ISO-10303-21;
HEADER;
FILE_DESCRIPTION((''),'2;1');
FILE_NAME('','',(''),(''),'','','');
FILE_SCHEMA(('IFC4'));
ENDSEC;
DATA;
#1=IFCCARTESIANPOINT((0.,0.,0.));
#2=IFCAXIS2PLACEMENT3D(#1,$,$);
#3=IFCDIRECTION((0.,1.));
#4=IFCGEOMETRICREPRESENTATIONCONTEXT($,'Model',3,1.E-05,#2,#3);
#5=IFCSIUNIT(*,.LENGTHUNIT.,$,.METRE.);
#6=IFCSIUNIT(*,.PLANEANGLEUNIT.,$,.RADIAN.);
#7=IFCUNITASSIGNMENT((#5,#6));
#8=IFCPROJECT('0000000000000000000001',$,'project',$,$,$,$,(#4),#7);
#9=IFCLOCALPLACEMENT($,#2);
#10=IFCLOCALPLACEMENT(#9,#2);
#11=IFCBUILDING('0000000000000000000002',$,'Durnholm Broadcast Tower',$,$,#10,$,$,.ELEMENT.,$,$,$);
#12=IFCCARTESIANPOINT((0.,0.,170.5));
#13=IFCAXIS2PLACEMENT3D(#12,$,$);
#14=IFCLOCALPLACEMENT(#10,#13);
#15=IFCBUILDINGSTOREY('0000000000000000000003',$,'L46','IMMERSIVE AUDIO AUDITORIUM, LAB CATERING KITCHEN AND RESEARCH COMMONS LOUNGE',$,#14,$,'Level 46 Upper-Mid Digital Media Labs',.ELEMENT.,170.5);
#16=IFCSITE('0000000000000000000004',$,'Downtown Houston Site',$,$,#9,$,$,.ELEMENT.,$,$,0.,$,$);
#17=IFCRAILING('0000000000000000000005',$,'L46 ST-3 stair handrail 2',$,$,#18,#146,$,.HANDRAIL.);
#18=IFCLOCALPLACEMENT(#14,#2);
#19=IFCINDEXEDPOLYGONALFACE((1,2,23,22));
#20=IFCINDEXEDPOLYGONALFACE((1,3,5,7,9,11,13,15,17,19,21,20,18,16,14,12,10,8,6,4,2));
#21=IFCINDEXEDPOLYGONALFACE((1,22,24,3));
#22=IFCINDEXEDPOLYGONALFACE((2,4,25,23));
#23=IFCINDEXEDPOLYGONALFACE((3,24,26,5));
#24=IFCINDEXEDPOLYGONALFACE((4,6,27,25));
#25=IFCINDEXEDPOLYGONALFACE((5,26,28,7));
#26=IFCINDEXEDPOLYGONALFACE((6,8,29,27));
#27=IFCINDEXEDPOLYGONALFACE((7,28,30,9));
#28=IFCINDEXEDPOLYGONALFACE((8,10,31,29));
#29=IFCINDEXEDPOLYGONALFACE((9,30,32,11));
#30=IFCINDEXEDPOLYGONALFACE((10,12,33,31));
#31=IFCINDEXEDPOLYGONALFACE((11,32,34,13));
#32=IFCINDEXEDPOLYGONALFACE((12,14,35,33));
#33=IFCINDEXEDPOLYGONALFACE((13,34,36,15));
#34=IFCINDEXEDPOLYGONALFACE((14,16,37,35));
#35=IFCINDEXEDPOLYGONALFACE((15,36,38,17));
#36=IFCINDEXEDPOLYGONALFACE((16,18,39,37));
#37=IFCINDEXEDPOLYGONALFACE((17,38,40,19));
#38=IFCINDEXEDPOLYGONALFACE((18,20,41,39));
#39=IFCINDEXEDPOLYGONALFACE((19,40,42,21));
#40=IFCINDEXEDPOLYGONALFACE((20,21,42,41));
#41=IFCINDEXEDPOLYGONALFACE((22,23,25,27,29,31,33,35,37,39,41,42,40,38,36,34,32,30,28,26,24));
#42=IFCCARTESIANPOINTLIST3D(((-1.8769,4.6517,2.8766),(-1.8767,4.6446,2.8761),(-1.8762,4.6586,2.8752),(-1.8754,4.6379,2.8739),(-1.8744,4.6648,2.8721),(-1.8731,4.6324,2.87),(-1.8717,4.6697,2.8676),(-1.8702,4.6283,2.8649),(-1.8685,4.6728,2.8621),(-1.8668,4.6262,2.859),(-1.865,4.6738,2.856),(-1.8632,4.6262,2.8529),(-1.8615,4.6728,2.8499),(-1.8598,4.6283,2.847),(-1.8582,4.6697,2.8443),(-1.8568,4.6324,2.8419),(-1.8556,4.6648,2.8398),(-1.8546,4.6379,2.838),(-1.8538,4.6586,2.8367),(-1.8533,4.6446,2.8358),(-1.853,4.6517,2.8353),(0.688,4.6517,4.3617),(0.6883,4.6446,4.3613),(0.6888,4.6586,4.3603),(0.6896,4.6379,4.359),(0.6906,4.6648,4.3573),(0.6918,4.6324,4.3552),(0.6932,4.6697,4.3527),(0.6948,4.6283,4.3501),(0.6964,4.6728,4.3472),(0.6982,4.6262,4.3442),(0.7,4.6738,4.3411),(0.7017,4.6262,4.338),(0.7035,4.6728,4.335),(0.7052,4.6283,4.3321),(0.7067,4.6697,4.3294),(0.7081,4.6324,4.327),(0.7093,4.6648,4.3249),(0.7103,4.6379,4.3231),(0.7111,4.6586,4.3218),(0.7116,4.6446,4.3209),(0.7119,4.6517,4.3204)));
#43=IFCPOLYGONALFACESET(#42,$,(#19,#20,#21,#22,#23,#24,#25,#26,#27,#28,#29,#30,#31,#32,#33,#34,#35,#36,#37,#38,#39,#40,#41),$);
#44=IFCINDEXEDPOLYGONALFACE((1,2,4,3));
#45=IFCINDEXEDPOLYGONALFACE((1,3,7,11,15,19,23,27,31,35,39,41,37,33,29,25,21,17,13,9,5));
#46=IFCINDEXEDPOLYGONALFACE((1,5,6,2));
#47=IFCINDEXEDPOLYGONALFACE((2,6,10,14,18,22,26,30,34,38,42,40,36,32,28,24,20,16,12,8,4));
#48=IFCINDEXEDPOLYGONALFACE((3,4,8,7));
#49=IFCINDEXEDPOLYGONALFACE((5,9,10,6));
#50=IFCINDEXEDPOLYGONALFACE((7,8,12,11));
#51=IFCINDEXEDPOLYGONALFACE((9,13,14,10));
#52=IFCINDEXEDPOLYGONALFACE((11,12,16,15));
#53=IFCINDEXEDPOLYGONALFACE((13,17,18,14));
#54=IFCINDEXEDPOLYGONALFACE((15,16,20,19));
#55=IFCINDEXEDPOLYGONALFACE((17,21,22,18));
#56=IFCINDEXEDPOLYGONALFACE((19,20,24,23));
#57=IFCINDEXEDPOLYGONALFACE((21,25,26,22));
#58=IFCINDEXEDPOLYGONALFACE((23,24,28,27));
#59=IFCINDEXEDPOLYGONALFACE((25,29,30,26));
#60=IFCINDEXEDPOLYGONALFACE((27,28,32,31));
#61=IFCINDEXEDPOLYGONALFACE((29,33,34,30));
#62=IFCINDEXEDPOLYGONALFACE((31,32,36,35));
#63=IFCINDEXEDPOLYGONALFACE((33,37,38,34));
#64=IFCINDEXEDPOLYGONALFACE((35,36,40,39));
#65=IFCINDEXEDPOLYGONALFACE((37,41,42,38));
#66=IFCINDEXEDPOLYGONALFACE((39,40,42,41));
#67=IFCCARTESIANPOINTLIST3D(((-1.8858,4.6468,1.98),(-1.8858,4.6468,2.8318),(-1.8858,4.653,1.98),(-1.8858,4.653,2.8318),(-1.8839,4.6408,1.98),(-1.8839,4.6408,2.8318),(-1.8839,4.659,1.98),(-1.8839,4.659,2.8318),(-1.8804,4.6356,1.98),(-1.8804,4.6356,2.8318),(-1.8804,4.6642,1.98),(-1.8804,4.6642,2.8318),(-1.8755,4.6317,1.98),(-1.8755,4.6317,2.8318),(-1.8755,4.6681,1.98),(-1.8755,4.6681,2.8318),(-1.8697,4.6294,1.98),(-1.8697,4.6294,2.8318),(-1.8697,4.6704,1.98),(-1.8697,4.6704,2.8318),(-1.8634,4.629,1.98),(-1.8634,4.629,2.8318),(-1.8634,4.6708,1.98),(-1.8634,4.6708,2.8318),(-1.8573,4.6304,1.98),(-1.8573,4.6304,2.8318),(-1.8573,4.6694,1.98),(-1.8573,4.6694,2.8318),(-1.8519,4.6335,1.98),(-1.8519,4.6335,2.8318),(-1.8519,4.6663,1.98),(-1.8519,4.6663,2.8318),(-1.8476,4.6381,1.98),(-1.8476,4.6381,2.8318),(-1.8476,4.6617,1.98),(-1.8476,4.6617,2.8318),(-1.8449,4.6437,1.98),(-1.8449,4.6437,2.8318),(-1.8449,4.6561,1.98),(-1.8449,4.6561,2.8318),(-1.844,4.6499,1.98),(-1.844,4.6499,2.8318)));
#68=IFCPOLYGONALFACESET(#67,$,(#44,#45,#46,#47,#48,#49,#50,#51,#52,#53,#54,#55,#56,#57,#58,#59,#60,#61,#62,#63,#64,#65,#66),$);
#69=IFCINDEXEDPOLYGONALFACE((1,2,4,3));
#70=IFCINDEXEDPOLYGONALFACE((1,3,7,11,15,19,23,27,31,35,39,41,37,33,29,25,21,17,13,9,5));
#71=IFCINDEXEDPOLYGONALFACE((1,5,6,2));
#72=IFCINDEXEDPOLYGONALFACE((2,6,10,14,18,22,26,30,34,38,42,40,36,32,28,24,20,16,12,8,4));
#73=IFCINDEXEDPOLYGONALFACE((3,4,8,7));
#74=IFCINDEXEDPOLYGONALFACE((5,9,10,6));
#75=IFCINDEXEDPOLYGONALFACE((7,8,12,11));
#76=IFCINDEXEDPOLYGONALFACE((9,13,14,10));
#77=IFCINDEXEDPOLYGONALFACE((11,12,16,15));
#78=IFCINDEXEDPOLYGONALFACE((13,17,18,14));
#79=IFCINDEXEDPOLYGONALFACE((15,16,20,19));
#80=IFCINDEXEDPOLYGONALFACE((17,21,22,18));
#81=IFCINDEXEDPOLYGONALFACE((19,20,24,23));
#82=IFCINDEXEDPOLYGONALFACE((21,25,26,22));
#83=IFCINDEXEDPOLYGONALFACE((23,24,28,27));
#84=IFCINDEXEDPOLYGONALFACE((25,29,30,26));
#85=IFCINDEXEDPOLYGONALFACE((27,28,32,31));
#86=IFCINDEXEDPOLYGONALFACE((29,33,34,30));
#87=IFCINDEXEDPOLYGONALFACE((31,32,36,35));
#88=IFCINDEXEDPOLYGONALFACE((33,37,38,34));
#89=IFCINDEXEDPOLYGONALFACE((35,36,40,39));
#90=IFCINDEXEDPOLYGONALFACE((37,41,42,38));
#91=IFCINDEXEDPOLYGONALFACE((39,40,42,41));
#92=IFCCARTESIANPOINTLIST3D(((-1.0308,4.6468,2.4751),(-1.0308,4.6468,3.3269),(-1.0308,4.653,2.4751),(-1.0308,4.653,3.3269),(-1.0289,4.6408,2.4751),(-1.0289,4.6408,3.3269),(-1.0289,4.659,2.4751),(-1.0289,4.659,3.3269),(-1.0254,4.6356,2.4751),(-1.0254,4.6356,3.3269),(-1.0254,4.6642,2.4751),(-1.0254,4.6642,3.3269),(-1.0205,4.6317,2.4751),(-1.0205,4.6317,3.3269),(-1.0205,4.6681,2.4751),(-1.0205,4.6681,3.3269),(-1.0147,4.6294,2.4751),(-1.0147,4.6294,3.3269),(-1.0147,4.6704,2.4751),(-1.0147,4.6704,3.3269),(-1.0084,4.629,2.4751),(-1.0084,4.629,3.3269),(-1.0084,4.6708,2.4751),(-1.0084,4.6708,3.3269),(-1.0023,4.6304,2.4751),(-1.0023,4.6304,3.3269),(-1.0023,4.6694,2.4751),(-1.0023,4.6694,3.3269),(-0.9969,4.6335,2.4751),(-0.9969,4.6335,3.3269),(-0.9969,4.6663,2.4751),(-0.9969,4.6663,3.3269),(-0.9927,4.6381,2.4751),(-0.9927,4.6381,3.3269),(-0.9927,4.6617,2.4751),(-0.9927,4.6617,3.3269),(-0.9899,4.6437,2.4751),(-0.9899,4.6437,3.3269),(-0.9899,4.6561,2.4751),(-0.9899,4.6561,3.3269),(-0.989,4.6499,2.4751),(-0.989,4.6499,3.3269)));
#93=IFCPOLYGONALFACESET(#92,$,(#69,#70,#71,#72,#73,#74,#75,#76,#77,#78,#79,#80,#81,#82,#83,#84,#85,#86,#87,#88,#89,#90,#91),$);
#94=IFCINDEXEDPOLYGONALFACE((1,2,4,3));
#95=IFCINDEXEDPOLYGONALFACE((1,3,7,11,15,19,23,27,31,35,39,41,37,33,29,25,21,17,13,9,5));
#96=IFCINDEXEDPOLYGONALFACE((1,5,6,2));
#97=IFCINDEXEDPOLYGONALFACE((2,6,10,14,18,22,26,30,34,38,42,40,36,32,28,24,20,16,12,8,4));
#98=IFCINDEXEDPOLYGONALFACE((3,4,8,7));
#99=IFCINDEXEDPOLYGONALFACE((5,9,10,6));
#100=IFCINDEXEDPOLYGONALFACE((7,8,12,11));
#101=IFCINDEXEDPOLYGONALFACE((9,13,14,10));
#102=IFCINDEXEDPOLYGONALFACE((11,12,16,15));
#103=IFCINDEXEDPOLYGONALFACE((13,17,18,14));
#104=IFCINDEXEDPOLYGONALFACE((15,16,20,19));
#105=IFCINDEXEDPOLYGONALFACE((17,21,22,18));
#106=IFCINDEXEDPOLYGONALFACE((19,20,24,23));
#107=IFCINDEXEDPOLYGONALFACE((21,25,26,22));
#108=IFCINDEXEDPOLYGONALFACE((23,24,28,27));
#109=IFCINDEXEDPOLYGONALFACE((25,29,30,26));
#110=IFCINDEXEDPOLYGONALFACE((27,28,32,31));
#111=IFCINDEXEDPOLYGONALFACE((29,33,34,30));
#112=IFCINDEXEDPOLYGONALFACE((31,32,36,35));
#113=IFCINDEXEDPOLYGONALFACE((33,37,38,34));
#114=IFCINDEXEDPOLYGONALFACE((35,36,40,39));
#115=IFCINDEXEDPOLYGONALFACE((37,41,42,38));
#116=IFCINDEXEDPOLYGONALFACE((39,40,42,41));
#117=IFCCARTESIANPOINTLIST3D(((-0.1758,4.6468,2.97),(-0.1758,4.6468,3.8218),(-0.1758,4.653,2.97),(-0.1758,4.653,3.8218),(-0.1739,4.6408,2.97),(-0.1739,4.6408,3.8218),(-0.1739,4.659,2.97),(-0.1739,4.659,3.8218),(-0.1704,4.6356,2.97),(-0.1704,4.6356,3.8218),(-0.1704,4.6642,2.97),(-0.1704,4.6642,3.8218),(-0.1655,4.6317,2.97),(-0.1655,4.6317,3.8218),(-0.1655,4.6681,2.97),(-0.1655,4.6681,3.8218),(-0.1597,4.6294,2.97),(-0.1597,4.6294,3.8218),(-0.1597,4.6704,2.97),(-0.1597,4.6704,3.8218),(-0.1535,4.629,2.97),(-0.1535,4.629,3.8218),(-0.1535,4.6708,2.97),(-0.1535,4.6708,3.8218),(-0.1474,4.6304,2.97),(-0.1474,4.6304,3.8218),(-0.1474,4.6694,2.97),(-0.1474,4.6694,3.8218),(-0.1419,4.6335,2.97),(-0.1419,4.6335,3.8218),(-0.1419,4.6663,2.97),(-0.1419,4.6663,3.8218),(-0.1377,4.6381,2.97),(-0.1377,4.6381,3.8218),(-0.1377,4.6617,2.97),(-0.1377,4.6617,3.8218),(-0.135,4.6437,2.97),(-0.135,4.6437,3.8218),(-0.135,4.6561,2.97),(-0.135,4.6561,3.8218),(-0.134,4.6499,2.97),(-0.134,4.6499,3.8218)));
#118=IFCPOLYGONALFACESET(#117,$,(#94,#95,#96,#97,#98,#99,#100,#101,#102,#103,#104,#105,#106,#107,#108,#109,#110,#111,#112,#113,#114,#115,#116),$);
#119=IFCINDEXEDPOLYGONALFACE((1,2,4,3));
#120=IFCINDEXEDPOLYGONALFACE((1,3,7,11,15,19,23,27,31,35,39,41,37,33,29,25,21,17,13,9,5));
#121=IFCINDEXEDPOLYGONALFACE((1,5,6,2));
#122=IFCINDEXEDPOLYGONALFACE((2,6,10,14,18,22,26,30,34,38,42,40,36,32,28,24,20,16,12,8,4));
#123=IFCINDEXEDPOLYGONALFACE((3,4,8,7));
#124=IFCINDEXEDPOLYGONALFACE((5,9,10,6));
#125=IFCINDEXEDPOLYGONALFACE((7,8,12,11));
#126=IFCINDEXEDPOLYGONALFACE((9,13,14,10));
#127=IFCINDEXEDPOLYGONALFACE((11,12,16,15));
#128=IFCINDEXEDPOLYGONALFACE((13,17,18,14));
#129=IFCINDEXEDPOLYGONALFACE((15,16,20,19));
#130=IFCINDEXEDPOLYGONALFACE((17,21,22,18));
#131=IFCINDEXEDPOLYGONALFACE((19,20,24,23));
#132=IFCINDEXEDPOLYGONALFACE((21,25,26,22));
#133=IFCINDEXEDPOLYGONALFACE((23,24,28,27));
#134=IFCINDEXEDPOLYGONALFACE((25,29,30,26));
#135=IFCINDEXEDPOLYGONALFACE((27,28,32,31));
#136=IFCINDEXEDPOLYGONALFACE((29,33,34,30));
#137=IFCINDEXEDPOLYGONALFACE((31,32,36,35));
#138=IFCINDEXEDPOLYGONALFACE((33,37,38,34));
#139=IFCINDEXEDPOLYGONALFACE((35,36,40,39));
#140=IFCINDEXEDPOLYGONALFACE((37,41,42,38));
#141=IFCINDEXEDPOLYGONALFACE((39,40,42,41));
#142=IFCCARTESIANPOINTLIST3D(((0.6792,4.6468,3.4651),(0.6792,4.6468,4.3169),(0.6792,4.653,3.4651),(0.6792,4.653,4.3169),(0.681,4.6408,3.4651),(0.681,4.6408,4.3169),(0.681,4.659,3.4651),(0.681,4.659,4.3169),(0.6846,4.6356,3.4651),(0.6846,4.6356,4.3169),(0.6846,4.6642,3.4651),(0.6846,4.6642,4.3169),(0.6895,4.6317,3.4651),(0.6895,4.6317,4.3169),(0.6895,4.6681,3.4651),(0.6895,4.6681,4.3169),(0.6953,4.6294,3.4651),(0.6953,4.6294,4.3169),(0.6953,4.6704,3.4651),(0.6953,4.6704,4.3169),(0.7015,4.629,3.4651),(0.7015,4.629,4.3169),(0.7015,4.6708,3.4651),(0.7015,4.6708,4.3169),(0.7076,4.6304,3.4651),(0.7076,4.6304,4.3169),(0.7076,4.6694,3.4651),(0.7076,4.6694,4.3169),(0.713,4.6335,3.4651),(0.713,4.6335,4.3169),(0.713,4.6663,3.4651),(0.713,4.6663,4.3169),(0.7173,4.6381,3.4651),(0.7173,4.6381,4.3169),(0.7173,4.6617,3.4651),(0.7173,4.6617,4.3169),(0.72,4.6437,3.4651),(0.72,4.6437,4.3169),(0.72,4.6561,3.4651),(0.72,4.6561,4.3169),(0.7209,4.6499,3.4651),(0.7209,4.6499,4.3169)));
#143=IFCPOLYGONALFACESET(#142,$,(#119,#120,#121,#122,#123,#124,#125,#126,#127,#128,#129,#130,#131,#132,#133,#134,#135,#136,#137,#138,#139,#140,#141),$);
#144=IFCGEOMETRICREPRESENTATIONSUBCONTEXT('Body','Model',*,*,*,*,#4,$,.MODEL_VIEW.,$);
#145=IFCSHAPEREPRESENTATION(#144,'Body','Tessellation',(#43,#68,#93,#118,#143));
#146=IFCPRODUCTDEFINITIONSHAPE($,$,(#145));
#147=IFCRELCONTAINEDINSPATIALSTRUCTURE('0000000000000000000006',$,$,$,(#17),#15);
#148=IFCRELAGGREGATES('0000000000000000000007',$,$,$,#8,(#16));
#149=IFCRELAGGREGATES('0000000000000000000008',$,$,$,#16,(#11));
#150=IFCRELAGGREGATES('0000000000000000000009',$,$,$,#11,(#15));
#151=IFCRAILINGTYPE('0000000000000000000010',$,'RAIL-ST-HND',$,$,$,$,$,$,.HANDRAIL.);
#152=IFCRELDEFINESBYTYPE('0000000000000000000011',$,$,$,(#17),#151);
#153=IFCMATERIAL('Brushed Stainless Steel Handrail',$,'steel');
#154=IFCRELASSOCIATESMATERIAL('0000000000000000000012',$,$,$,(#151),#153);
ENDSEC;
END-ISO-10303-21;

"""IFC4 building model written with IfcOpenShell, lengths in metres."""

from ifc_helpers import new_model, si_unit, direction, frame, origin, origin_2d, place, context, subcontext, project, spatial, circle, extrude, material, type_object, element, save


model = new_model("IFC4")

# Units and contexts
model_context = context("Model", 3, precision=1e-05, world=origin(), true_north=direction((0.0, 1.0)))
body_context = subcontext(model_context, "Body", "Model", "MODEL_VIEW")
ifc_project = project(units=[si_unit("LENGTHUNIT", "METRE"), si_unit("PLANEANGLEUNIT", "RADIAN")], contexts=[model_context])

# Site, building, storey
site_placement = place(None, origin())
site = spatial("IfcSite", under=ifc_project, at=site_placement, Name="Downtown Houston Site", CompositionType="ELEMENT", RefElevation=0.0)
building_placement = place(site_placement, origin())
building = spatial("IfcBuilding", under=site, at=building_placement, Name="Durnholm Broadcast Tower", CompositionType="ELEMENT")
storey_placement = place(building_placement, frame((0.0, 0.0, 170.5)))
storey = spatial("IfcBuildingStorey", under=building, at=storey_placement, Name="L46", Description="IMMERSIVE AUDIO AUDITORIUM, LAB CATERING KITCHEN AND RESEARCH COMMONS LOUNGE", LongName="Level 46 Upper-Mid Digital Media Labs", CompositionType="ELEMENT", Elevation=170.5)

# Railing
ifc_material_1 = material(Name="Brushed Stainless Steel Handrail", Category="steel")
railing_type_1 = type_object("IfcRailingType", Name="RAIL-ST-HND", PredefinedType="HANDRAIL", material=ifc_material_1)
railing_1_placement = place(storey_placement, frame((-1.865, 4.6499, 1.98)))
element("IfcRailing", 1, at=railing_1_placement, inside=storey, type_object=railing_type_1, Name="L46 ST-3 stair handrail 2", PredefinedType="HANDRAIL", context=body_context, shape_type="SweptSolid", body=[
    extrude(circle(Radius=0.0239, at=origin_2d()), frame((0.0, 0.0, 0.876), z_axis=(0.865406, 0.0, 0.501072), x_axis=(0.0, 1.0, 0.0)), (0.0, 0.0, 1.0), 2.9639),
    extrude(circle(Radius=0.021, at=origin_2d()), origin(), (0.0, 0.0, 1.0), 0.8518),
    extrude(circle(Radius=0.021, at=origin_2d()), frame((0.855, 0.0, 0.4951)), (0.0, 0.0, 1.0), 0.8518),
    extrude(circle(Radius=0.021, at=origin_2d()), frame((1.71, 0.0, 0.99)), (0.0, 0.0, 1.0), 0.8518),
    extrude(circle(Radius=0.021, at=origin_2d()), frame((2.5649, 0.0, 1.4851)), (0.0, 0.0, 1.0), 0.8518),
])

save(model, "model.ifc")
